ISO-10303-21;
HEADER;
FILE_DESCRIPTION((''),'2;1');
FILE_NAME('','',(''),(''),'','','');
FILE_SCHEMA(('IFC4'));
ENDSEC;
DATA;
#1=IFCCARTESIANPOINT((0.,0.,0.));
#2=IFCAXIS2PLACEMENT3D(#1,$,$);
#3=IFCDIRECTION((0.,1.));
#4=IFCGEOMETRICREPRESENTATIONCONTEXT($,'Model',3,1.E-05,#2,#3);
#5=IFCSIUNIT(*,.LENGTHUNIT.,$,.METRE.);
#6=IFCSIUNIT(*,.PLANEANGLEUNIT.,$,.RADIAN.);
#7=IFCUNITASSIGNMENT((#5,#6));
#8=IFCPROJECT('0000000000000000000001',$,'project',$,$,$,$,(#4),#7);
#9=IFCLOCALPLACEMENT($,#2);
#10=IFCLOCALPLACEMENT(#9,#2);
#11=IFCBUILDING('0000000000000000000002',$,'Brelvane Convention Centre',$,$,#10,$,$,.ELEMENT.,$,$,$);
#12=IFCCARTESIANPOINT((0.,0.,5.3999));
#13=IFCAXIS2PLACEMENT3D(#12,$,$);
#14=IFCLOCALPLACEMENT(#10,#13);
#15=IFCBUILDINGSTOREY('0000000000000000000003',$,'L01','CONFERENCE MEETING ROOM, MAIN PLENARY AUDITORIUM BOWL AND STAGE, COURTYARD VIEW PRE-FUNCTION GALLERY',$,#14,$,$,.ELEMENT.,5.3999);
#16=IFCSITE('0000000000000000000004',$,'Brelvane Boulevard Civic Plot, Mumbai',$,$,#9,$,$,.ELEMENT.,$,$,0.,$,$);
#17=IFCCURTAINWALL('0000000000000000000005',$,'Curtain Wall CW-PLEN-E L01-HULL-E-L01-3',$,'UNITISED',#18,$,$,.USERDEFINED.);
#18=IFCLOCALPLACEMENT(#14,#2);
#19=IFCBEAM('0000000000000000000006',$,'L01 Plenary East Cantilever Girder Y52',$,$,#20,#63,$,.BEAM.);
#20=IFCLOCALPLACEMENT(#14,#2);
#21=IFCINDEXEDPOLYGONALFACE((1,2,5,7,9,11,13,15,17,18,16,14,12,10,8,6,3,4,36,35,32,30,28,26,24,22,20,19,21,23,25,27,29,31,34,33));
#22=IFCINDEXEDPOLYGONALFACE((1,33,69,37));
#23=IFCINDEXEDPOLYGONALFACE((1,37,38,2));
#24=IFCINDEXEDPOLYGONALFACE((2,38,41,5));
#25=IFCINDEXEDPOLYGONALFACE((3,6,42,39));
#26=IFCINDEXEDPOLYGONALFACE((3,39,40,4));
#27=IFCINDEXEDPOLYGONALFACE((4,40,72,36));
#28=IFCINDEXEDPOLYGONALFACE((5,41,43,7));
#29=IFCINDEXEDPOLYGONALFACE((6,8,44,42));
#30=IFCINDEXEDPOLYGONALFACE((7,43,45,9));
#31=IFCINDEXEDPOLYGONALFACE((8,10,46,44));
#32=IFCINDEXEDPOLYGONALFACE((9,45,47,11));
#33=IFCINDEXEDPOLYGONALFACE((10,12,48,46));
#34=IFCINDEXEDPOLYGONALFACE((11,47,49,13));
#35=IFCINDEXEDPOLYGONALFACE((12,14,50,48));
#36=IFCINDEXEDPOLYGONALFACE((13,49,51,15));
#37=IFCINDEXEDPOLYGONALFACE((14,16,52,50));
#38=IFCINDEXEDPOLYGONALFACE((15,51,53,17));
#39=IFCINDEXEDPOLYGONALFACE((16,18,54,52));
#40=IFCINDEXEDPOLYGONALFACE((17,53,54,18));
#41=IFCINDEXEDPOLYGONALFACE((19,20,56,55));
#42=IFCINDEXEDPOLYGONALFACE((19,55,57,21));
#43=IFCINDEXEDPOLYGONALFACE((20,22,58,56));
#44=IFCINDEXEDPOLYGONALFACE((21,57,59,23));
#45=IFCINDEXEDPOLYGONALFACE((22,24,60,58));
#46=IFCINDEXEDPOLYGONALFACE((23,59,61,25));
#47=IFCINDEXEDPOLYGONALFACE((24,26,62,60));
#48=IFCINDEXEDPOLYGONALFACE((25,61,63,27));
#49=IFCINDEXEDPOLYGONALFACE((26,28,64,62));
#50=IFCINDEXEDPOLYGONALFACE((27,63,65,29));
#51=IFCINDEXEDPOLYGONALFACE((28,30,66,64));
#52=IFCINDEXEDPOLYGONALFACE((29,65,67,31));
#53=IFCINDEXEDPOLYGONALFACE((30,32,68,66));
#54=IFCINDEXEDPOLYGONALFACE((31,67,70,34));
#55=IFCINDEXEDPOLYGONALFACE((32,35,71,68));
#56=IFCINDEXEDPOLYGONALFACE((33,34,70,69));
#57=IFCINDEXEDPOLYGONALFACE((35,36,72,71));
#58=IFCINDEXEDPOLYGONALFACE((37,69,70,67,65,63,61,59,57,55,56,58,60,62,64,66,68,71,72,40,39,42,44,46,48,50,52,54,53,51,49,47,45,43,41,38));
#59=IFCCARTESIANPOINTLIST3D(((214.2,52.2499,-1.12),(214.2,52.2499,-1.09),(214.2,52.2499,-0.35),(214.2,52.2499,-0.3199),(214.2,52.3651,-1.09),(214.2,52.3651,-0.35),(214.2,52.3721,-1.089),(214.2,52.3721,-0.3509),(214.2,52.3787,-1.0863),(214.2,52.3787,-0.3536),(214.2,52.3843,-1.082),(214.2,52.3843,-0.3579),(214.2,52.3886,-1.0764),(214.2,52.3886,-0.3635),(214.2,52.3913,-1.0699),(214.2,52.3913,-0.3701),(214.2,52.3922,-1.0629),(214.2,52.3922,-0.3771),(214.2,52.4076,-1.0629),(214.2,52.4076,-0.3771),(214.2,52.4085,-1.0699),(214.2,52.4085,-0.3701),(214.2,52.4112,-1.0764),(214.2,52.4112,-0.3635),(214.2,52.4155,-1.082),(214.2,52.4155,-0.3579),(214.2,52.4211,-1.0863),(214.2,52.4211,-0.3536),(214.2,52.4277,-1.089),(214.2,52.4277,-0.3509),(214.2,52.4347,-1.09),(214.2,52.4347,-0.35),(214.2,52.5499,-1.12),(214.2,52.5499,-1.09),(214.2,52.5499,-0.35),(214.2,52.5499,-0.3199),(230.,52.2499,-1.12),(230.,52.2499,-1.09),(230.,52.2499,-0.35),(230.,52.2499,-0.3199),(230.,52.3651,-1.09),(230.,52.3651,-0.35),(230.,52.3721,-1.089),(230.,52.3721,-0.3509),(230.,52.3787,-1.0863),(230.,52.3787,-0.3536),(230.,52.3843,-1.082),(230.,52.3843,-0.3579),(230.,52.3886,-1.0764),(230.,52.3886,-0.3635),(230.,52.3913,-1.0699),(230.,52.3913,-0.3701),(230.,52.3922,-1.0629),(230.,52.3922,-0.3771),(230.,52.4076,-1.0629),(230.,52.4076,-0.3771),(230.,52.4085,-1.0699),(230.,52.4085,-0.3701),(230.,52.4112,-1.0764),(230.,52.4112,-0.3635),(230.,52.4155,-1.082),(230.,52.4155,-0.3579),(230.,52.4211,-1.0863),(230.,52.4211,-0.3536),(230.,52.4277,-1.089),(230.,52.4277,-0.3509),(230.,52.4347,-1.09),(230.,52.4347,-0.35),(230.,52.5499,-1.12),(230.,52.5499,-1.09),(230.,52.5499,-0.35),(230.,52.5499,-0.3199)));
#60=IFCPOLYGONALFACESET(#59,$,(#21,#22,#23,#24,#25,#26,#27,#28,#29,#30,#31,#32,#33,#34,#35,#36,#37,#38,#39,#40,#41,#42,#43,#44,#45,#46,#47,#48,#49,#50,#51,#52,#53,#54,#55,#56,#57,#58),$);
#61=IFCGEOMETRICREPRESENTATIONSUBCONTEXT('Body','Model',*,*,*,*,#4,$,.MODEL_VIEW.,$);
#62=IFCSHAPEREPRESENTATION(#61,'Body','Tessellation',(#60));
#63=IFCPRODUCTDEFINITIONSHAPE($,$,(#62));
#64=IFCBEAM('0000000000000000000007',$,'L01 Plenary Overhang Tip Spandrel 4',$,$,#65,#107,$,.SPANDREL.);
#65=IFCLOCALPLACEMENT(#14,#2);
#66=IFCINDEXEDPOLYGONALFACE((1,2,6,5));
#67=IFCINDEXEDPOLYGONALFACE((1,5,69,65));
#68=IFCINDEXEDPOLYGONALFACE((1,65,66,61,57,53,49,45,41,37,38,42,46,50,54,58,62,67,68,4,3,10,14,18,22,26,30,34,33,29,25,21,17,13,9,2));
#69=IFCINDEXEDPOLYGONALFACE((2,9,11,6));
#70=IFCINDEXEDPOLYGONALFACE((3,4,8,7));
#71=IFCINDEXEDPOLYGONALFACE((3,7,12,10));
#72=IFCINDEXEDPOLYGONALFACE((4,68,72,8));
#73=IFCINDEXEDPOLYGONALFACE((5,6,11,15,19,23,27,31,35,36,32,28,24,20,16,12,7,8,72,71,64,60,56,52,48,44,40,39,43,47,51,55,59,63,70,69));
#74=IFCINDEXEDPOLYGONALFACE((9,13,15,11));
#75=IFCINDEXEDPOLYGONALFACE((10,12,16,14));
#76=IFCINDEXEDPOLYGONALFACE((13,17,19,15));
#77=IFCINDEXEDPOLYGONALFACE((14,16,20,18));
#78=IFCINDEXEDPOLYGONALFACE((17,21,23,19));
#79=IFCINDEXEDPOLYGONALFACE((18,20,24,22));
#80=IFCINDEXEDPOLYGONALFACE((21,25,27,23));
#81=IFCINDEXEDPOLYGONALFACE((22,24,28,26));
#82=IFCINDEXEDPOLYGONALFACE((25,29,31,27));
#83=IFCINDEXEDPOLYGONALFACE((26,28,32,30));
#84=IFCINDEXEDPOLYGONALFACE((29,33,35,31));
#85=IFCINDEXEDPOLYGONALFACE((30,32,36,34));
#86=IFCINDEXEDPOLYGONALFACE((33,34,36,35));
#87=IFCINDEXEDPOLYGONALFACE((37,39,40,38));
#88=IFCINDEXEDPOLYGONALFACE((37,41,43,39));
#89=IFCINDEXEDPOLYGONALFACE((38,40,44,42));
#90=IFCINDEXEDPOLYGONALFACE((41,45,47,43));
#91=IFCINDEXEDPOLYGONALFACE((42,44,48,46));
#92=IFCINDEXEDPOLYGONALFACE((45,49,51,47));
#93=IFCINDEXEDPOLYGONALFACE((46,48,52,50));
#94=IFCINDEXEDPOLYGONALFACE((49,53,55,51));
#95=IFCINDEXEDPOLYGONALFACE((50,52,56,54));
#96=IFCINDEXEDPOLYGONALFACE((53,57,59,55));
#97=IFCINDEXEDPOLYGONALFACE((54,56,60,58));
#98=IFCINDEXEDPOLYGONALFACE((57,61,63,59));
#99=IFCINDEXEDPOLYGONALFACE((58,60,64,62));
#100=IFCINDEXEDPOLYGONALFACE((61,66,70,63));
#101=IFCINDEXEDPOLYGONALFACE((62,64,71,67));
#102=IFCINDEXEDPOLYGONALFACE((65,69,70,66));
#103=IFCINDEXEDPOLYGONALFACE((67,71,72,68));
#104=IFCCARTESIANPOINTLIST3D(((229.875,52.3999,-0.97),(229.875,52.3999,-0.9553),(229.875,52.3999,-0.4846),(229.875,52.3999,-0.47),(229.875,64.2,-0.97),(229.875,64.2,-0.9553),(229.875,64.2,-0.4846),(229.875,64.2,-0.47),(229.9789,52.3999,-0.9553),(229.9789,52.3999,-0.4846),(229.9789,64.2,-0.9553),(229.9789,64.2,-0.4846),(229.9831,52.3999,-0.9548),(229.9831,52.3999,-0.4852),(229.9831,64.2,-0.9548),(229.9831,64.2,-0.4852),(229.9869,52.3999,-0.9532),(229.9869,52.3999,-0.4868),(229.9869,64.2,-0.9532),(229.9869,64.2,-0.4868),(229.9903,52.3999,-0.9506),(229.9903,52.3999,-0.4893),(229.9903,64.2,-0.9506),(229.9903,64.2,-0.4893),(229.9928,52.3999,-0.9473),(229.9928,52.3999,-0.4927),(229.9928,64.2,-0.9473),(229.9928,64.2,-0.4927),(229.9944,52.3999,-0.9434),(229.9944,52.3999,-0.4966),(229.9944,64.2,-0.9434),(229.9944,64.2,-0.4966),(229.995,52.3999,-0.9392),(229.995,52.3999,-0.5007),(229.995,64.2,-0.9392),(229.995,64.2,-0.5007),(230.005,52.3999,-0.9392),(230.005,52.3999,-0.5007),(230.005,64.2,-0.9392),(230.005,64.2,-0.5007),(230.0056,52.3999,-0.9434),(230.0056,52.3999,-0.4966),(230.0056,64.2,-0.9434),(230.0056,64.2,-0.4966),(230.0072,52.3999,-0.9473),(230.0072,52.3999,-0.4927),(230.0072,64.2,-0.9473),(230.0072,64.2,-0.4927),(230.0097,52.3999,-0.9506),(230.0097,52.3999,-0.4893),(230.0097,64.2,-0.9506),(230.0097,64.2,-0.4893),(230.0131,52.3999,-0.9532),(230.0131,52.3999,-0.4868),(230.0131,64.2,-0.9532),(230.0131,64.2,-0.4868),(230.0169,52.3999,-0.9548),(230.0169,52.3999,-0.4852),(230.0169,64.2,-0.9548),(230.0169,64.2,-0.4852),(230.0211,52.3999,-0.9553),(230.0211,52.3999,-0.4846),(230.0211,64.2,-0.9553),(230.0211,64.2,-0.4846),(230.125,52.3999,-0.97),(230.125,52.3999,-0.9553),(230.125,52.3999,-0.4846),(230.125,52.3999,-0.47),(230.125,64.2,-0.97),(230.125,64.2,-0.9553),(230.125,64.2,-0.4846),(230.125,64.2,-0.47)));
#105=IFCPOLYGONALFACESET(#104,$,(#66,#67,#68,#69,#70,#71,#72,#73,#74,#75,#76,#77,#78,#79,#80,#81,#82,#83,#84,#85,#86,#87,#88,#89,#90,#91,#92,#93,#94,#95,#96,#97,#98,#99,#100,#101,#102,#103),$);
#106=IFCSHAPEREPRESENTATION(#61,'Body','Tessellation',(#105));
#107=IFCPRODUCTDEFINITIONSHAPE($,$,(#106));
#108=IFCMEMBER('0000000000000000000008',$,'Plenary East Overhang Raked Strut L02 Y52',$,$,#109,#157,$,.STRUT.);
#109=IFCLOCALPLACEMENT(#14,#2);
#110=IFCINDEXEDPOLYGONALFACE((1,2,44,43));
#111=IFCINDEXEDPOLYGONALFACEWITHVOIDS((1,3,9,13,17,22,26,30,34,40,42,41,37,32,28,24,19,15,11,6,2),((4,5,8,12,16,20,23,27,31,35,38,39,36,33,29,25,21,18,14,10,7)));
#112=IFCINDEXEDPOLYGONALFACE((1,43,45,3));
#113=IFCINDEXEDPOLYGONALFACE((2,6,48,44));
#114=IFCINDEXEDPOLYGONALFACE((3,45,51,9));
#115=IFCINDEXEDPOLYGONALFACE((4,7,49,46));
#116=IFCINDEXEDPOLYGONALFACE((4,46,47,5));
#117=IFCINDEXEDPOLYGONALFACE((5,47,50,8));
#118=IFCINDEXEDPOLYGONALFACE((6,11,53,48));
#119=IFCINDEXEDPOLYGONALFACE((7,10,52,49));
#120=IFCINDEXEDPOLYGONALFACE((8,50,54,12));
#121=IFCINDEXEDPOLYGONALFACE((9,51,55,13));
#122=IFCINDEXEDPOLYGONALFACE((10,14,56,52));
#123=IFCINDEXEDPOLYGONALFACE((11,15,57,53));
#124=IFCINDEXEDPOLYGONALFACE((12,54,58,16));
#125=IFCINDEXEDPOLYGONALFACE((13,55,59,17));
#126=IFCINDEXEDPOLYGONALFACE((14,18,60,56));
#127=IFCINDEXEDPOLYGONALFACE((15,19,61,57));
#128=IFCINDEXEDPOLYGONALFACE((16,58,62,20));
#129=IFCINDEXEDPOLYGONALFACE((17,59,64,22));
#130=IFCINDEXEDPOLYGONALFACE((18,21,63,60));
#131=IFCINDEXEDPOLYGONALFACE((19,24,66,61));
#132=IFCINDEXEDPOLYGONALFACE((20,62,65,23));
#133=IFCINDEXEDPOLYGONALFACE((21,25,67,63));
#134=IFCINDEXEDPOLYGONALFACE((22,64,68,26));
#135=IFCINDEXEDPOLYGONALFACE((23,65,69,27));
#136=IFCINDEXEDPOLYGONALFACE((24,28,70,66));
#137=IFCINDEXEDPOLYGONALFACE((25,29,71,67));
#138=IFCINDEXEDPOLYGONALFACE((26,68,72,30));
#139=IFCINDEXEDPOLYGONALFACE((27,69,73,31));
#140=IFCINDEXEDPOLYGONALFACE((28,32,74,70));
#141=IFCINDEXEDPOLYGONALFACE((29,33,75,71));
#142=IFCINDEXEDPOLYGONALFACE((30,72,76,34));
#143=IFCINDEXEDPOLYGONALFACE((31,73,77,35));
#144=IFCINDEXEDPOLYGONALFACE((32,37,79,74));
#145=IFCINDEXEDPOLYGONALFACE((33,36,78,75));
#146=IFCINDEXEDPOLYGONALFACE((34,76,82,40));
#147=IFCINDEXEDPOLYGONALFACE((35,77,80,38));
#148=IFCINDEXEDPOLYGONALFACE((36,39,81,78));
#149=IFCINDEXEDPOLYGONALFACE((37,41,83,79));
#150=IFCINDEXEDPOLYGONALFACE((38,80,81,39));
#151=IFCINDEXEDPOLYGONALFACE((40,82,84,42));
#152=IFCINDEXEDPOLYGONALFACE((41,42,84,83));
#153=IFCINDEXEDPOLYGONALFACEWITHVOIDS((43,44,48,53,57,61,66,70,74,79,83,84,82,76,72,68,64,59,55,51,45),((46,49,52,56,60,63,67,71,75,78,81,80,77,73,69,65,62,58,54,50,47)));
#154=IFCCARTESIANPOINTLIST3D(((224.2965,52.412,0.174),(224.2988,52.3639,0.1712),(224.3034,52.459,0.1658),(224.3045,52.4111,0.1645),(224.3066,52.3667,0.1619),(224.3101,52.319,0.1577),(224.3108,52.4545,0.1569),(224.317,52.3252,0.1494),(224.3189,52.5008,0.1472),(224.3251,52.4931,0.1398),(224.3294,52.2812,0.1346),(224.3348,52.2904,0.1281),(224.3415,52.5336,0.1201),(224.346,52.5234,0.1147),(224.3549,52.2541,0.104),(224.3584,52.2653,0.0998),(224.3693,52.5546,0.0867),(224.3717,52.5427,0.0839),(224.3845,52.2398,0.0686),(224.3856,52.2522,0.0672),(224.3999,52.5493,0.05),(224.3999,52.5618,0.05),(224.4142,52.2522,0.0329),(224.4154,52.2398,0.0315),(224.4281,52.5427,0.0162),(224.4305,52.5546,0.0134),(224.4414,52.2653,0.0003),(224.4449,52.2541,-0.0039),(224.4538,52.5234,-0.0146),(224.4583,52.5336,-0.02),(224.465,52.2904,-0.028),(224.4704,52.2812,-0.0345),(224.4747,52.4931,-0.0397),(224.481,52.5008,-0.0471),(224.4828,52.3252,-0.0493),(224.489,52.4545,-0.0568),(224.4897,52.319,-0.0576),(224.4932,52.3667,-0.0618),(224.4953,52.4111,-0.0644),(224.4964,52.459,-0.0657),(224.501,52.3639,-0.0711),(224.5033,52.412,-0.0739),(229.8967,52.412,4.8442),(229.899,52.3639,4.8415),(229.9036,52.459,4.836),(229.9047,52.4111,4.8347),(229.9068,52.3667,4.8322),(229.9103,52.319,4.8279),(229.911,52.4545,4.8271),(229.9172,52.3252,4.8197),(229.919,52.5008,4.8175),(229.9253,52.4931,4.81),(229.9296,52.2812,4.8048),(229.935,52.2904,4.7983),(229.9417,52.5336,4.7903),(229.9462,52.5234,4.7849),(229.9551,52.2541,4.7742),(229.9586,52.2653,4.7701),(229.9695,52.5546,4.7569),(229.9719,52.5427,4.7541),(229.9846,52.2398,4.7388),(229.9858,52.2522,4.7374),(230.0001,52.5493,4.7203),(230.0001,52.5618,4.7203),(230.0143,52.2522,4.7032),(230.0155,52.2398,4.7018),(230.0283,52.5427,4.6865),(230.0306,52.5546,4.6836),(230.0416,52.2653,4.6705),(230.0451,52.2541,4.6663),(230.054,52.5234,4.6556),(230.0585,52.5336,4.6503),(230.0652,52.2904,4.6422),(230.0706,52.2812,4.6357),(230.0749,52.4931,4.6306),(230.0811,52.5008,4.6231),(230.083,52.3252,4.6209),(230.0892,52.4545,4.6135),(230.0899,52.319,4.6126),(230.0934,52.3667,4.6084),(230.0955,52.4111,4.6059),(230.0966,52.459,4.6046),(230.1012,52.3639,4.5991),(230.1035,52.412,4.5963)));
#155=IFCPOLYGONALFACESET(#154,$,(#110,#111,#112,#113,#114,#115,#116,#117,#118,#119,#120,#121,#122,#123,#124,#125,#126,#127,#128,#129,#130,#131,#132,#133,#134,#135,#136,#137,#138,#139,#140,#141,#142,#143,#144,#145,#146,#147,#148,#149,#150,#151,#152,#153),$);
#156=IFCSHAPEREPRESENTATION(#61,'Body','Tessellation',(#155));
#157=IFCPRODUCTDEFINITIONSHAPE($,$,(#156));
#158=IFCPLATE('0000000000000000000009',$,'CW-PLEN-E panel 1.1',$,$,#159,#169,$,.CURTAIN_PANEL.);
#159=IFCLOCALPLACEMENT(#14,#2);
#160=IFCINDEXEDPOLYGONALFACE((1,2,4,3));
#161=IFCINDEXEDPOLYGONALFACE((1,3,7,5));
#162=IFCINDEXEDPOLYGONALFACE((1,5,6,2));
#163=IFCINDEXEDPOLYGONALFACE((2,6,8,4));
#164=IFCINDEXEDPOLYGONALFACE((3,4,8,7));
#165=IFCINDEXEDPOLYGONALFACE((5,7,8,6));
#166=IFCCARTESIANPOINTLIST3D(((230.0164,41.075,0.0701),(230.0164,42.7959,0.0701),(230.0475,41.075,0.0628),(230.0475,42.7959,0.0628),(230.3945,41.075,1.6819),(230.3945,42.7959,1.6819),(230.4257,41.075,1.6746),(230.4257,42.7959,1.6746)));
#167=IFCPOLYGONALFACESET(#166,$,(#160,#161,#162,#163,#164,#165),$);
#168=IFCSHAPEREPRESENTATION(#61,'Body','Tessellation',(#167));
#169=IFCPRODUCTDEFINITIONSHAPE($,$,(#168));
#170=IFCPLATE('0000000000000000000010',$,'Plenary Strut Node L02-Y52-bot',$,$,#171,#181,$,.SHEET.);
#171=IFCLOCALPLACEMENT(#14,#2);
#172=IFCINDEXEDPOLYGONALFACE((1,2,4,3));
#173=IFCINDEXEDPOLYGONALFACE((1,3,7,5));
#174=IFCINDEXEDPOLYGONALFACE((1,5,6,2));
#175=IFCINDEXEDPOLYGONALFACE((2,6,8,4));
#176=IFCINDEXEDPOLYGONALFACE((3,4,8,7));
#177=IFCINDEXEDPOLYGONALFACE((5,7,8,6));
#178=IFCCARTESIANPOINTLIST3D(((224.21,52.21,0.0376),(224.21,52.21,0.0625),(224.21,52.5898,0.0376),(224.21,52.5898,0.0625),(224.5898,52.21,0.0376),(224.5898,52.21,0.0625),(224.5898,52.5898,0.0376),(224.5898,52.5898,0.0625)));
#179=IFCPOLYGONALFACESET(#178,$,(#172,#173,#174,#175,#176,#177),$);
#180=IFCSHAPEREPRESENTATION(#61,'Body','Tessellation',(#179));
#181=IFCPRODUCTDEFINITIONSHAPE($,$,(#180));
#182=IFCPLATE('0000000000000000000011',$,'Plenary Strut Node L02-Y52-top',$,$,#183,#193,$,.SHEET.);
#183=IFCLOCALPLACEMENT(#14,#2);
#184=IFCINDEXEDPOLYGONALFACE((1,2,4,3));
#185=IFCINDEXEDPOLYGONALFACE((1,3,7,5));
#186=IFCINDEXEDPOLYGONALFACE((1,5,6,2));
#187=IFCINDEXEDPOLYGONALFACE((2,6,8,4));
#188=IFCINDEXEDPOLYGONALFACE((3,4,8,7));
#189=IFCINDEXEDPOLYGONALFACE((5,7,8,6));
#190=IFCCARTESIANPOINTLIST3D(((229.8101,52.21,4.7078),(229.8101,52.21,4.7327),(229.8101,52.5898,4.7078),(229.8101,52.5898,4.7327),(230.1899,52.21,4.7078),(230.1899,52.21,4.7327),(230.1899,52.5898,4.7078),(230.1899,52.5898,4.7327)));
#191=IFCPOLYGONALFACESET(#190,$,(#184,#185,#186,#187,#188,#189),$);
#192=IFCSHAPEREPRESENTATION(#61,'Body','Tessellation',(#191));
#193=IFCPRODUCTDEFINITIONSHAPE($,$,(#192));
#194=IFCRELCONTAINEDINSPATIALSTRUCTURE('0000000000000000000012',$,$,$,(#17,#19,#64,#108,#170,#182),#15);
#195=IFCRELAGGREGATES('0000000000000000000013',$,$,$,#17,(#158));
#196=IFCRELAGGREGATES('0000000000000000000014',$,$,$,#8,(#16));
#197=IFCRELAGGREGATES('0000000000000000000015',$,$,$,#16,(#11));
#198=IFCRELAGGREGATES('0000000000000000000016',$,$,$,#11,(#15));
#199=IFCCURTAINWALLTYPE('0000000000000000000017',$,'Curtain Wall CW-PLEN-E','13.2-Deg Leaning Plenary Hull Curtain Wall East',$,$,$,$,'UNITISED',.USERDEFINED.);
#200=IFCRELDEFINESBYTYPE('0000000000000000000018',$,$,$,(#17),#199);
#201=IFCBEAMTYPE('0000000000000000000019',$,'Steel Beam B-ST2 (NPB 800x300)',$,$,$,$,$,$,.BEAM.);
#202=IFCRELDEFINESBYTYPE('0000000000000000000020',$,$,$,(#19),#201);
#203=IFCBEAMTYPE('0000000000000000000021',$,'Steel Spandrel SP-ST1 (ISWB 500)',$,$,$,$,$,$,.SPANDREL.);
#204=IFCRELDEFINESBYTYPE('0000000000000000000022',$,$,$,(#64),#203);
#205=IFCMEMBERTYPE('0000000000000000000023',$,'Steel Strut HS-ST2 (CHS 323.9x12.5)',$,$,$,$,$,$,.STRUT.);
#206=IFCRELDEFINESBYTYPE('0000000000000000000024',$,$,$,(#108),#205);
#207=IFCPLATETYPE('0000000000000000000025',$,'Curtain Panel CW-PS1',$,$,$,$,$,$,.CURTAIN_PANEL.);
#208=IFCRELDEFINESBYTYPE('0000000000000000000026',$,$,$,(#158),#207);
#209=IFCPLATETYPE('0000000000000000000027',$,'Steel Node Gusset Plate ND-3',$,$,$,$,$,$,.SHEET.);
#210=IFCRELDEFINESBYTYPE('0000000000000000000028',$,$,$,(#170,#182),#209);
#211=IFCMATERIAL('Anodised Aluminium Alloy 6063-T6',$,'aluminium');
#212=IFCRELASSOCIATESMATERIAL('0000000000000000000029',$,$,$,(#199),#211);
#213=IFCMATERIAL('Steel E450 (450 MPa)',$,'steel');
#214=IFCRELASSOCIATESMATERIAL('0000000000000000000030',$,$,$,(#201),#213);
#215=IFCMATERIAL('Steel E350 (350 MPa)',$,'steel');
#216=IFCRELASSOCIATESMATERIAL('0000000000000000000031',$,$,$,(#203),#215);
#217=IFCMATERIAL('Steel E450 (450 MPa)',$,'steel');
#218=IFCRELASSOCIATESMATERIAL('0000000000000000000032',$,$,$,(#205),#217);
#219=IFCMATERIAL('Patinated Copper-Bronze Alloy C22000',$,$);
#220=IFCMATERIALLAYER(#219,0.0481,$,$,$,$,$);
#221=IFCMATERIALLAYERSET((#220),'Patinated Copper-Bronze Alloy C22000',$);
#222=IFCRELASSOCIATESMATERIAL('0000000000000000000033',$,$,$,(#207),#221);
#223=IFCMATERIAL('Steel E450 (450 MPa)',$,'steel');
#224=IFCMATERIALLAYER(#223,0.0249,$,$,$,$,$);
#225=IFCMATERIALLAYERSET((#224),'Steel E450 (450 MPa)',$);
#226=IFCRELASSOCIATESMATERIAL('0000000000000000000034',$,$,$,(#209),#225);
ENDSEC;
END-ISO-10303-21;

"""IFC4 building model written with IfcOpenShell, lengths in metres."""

from ifc_helpers import new_model, si_unit, direction, frame, origin, origin_2d, place, context, subcontext, project, spatial, polyline, rectangle, hollow_circle, i_section, outline, extrude, material, layer, layer_set, material_profile, profile_set, type_object, element, aggregate, save


model = new_model("IFC4")

# Units and contexts
model_context = context("Model", 3, precision=1e-05, world=origin(), true_north=direction((0.0, 1.0)))
body_context = subcontext(model_context, "Body", "Model", "MODEL_VIEW")
ifc_project = project(units=[si_unit("LENGTHUNIT", "METRE"), si_unit("PLANEANGLEUNIT", "RADIAN")], contexts=[model_context])

# Site, building, storey
site_placement = place(None, origin())
site = spatial("IfcSite", under=ifc_project, at=site_placement, Name="Brelvane Boulevard Civic Plot, Mumbai", CompositionType="ELEMENT", RefElevation=0.0)
building_placement = place(site_placement, origin())
building = spatial("IfcBuilding", under=site, at=building_placement, Name="Brelvane Convention Centre", CompositionType="ELEMENT")
storey_placement = place(building_placement, frame((0.0, 0.0, 5.3999)))
storey = spatial("IfcBuildingStorey", under=building, at=storey_placement, Name="L01", Description="CONFERENCE MEETING ROOM, MAIN PLENARY AUDITORIUM BOWL AND STAGE, COURTYARD VIEW PRE-FUNCTION GALLERY", CompositionType="ELEMENT", Elevation=5.3999)

# Curtain wall
ifc_material_1 = material(Name="Anodised Aluminium Alloy 6063-T6", Category="aluminium")
curtain_wall_type = type_object("IfcCurtainWallType", Name="Curtain Wall CW-PLEN-E", Description="13.2-Deg Leaning Plenary Hull Curtain Wall East", ElementType="UNITISED", PredefinedType="USERDEFINED", material=ifc_material_1)
curtain_wall_placement = place(storey_placement, origin())
curtain_wall = element("IfcCurtainWall", 1, at=curtain_wall_placement, inside=storey, type_object=curtain_wall_type, Name="Curtain Wall CW-PLEN-E L01-HULL-E-L01-3", ObjectType="UNITISED", PredefinedType="USERDEFINED")

# Beams
ifc_material_2 = material(Name="Steel E450 (450 MPa)", Category="steel")
ifc_material_profile_1 = material_profile(ifc_material_2, i_section(OverallWidth=0.3, OverallDepth=0.8, WebThickness=0.0154, FlangeThickness=0.03, FilletRadius=0.0271, at=origin_2d()), Name="NPB 800x300")
ifc_profile_set_1 = profile_set([ifc_material_profile_1], Name="Steel E450 (450 MPa)")
beam_type_1 = type_object("IfcBeamType", Name="Steel Beam B-ST2 (NPB 800x300)", PredefinedType="BEAM", material=ifc_profile_set_1)
beam_1_placement = place(storey_placement, frame((214.2, 52.3999, -0.72), z_axis=(1.0, 0.0, 0.0), x_axis=(0.0, 1.0, 0.0)))
element("IfcBeam", 2, at=beam_1_placement, inside=storey, type_object=beam_type_1, Name="L01 Plenary East Cantilever Girder Y52", PredefinedType="BEAM", context=body_context, shape_type="SweptSolid", body=[
    extrude(i_section(OverallWidth=0.3, OverallDepth=0.8, WebThickness=0.0154, FlangeThickness=0.03, FilletRadius=0.0271, at=origin_2d()), origin(), (0.0, 0.0, 1.0), 15.8),
])
ifc_material_3 = material(Name="Steel E350 (350 MPa)", Category="steel")
ifc_material_profile_2 = material_profile(ifc_material_3, i_section(OverallWidth=0.25, OverallDepth=0.5, WebThickness=0.01, FlangeThickness=0.0146, FilletRadius=0.0161, at=origin_2d()), Name="ISWB 500")
ifc_profile_set_2 = profile_set([ifc_material_profile_2], Name="Steel E350 (350 MPa)")
beam_type_2 = type_object("IfcBeamType", Name="Steel Spandrel SP-ST1 (ISWB 500)", PredefinedType="SPANDREL", material=ifc_profile_set_2)
beam_2_placement = place(storey_placement, frame((230.0, 52.3999, -0.72), z_axis=(0.0, 1.0, 0.0), x_axis=(-1.0, 0.0, 0.0)))
element("IfcBeam", 3, at=beam_2_placement, inside=storey, type_object=beam_type_2, Name="L01 Plenary Overhang Tip Spandrel 4", PredefinedType="SPANDREL", context=body_context, shape_type="SweptSolid", body=[
    extrude(i_section(OverallWidth=0.25, OverallDepth=0.5, WebThickness=0.01, FlangeThickness=0.0146, FilletRadius=0.0161, at=origin_2d()), origin(), (0.0, 0.0, 1.0), 11.8),
])

# Member
ifc_material_4 = material(Name="Steel E450 (450 MPa)", Category="steel")
ifc_material_profile_3 = material_profile(ifc_material_4, hollow_circle(Radius=0.1619, WallThickness=0.0125, at=origin_2d()), Name="CHS 323.9x12.5")
ifc_profile_set_3 = profile_set([ifc_material_profile_3], Name="Steel E450 (450 MPa)")
member_type_1 = type_object("IfcMemberType", Name="Steel Strut HS-ST2 (CHS 323.9x12.5)", PredefinedType="STRUT", material=ifc_profile_set_3)
member_1_placement = place(storey_placement, frame((224.3999, 52.3999, 0.05), z_axis=(0.767991, 0.0, 0.640461), x_axis=(0.0, 1.0, 0.0)))
element("IfcMember", 4, at=member_1_placement, inside=storey, type_object=member_type_1, Name="Plenary East Overhang Raked Strut L02 Y52", PredefinedType="STRUT", context=body_context, shape_type="SweptSolid", body=[
    extrude(hollow_circle(Radius=0.1619, WallThickness=0.0125, at=origin_2d()), origin(), (0.0, 0.0, 1.0), 7.292),
])

# Plate
ifc_material_5 = material(Name="Patinated Copper-Bronze Alloy C22000")
ifc_layer_1 = layer(ifc_material_5, 0.0481)
ifc_layer_set_1 = layer_set([ifc_layer_1], Name="Patinated Copper-Bronze Alloy C22000")
plate_type_1 = type_object("IfcPlateType", Name="Curtain Panel CW-PS1", PredefinedType="CURTAIN_PANEL", material=ifc_layer_set_1)
plate_placement = place(storey_placement, frame((230.0164, 41.075, 0.0701), z_axis=(-0.973562, 0.0, 0.228423), x_axis=(0.0, 1.0, 0.0)))
plate = element("IfcPlate", 5, at=plate_placement, type_object=plate_type_1, Name="CW-PLEN-E panel 1.1", PredefinedType="CURTAIN_PANEL", context=body_context, shape_type="SweptSolid", body=[
    extrude(outline(polyline([(0.0, 0.0), (1.7209, 0.0), (1.7209, -1.6556), (0.0, -1.6556), (0.0, 0.0)])), origin(), (0.0, 0.0, -1.0), 0.032),
])
aggregate(curtain_wall, [plate])

# Plates
ifc_material_6 = material(Name="Steel E450 (450 MPa)", Category="steel")
ifc_layer_2 = layer(ifc_material_6, 0.0249)
ifc_layer_set_2 = layer_set([ifc_layer_2], Name="Steel E450 (450 MPa)")
plate_type_2 = type_object("IfcPlateType", Name="Steel Node Gusset Plate ND-3", PredefinedType="SHEET", material=ifc_layer_set_2)
for number, where, z_axis, x_axis, name in (
    (6, (224.3999, 52.3999, 0.0376), (0.0, 0.0, 1.0), (1.0, 0.0, 0.0), "Plenary Strut Node L02-Y52-bot"),
    (7, (230.0, 52.3999, 4.7078), (0.0, 0.0, 1.0), (1.0, 0.0, 0.0), "Plenary Strut Node L02-Y52-top"),
):
    element("IfcPlate", number, at=place(storey_placement, frame(where, z_axis=z_axis, x_axis=x_axis)), inside=storey, type_object=plate_type_2, Name=name, PredefinedType="SHEET", context=body_context, shape_type="SweptSolid", body=[
        extrude(rectangle(XDim=0.3799, YDim=0.3799, at=origin_2d()), origin(), (0.0, 0.0, 1.0), 0.0249),
    ])

save(model, "model.ifc")
